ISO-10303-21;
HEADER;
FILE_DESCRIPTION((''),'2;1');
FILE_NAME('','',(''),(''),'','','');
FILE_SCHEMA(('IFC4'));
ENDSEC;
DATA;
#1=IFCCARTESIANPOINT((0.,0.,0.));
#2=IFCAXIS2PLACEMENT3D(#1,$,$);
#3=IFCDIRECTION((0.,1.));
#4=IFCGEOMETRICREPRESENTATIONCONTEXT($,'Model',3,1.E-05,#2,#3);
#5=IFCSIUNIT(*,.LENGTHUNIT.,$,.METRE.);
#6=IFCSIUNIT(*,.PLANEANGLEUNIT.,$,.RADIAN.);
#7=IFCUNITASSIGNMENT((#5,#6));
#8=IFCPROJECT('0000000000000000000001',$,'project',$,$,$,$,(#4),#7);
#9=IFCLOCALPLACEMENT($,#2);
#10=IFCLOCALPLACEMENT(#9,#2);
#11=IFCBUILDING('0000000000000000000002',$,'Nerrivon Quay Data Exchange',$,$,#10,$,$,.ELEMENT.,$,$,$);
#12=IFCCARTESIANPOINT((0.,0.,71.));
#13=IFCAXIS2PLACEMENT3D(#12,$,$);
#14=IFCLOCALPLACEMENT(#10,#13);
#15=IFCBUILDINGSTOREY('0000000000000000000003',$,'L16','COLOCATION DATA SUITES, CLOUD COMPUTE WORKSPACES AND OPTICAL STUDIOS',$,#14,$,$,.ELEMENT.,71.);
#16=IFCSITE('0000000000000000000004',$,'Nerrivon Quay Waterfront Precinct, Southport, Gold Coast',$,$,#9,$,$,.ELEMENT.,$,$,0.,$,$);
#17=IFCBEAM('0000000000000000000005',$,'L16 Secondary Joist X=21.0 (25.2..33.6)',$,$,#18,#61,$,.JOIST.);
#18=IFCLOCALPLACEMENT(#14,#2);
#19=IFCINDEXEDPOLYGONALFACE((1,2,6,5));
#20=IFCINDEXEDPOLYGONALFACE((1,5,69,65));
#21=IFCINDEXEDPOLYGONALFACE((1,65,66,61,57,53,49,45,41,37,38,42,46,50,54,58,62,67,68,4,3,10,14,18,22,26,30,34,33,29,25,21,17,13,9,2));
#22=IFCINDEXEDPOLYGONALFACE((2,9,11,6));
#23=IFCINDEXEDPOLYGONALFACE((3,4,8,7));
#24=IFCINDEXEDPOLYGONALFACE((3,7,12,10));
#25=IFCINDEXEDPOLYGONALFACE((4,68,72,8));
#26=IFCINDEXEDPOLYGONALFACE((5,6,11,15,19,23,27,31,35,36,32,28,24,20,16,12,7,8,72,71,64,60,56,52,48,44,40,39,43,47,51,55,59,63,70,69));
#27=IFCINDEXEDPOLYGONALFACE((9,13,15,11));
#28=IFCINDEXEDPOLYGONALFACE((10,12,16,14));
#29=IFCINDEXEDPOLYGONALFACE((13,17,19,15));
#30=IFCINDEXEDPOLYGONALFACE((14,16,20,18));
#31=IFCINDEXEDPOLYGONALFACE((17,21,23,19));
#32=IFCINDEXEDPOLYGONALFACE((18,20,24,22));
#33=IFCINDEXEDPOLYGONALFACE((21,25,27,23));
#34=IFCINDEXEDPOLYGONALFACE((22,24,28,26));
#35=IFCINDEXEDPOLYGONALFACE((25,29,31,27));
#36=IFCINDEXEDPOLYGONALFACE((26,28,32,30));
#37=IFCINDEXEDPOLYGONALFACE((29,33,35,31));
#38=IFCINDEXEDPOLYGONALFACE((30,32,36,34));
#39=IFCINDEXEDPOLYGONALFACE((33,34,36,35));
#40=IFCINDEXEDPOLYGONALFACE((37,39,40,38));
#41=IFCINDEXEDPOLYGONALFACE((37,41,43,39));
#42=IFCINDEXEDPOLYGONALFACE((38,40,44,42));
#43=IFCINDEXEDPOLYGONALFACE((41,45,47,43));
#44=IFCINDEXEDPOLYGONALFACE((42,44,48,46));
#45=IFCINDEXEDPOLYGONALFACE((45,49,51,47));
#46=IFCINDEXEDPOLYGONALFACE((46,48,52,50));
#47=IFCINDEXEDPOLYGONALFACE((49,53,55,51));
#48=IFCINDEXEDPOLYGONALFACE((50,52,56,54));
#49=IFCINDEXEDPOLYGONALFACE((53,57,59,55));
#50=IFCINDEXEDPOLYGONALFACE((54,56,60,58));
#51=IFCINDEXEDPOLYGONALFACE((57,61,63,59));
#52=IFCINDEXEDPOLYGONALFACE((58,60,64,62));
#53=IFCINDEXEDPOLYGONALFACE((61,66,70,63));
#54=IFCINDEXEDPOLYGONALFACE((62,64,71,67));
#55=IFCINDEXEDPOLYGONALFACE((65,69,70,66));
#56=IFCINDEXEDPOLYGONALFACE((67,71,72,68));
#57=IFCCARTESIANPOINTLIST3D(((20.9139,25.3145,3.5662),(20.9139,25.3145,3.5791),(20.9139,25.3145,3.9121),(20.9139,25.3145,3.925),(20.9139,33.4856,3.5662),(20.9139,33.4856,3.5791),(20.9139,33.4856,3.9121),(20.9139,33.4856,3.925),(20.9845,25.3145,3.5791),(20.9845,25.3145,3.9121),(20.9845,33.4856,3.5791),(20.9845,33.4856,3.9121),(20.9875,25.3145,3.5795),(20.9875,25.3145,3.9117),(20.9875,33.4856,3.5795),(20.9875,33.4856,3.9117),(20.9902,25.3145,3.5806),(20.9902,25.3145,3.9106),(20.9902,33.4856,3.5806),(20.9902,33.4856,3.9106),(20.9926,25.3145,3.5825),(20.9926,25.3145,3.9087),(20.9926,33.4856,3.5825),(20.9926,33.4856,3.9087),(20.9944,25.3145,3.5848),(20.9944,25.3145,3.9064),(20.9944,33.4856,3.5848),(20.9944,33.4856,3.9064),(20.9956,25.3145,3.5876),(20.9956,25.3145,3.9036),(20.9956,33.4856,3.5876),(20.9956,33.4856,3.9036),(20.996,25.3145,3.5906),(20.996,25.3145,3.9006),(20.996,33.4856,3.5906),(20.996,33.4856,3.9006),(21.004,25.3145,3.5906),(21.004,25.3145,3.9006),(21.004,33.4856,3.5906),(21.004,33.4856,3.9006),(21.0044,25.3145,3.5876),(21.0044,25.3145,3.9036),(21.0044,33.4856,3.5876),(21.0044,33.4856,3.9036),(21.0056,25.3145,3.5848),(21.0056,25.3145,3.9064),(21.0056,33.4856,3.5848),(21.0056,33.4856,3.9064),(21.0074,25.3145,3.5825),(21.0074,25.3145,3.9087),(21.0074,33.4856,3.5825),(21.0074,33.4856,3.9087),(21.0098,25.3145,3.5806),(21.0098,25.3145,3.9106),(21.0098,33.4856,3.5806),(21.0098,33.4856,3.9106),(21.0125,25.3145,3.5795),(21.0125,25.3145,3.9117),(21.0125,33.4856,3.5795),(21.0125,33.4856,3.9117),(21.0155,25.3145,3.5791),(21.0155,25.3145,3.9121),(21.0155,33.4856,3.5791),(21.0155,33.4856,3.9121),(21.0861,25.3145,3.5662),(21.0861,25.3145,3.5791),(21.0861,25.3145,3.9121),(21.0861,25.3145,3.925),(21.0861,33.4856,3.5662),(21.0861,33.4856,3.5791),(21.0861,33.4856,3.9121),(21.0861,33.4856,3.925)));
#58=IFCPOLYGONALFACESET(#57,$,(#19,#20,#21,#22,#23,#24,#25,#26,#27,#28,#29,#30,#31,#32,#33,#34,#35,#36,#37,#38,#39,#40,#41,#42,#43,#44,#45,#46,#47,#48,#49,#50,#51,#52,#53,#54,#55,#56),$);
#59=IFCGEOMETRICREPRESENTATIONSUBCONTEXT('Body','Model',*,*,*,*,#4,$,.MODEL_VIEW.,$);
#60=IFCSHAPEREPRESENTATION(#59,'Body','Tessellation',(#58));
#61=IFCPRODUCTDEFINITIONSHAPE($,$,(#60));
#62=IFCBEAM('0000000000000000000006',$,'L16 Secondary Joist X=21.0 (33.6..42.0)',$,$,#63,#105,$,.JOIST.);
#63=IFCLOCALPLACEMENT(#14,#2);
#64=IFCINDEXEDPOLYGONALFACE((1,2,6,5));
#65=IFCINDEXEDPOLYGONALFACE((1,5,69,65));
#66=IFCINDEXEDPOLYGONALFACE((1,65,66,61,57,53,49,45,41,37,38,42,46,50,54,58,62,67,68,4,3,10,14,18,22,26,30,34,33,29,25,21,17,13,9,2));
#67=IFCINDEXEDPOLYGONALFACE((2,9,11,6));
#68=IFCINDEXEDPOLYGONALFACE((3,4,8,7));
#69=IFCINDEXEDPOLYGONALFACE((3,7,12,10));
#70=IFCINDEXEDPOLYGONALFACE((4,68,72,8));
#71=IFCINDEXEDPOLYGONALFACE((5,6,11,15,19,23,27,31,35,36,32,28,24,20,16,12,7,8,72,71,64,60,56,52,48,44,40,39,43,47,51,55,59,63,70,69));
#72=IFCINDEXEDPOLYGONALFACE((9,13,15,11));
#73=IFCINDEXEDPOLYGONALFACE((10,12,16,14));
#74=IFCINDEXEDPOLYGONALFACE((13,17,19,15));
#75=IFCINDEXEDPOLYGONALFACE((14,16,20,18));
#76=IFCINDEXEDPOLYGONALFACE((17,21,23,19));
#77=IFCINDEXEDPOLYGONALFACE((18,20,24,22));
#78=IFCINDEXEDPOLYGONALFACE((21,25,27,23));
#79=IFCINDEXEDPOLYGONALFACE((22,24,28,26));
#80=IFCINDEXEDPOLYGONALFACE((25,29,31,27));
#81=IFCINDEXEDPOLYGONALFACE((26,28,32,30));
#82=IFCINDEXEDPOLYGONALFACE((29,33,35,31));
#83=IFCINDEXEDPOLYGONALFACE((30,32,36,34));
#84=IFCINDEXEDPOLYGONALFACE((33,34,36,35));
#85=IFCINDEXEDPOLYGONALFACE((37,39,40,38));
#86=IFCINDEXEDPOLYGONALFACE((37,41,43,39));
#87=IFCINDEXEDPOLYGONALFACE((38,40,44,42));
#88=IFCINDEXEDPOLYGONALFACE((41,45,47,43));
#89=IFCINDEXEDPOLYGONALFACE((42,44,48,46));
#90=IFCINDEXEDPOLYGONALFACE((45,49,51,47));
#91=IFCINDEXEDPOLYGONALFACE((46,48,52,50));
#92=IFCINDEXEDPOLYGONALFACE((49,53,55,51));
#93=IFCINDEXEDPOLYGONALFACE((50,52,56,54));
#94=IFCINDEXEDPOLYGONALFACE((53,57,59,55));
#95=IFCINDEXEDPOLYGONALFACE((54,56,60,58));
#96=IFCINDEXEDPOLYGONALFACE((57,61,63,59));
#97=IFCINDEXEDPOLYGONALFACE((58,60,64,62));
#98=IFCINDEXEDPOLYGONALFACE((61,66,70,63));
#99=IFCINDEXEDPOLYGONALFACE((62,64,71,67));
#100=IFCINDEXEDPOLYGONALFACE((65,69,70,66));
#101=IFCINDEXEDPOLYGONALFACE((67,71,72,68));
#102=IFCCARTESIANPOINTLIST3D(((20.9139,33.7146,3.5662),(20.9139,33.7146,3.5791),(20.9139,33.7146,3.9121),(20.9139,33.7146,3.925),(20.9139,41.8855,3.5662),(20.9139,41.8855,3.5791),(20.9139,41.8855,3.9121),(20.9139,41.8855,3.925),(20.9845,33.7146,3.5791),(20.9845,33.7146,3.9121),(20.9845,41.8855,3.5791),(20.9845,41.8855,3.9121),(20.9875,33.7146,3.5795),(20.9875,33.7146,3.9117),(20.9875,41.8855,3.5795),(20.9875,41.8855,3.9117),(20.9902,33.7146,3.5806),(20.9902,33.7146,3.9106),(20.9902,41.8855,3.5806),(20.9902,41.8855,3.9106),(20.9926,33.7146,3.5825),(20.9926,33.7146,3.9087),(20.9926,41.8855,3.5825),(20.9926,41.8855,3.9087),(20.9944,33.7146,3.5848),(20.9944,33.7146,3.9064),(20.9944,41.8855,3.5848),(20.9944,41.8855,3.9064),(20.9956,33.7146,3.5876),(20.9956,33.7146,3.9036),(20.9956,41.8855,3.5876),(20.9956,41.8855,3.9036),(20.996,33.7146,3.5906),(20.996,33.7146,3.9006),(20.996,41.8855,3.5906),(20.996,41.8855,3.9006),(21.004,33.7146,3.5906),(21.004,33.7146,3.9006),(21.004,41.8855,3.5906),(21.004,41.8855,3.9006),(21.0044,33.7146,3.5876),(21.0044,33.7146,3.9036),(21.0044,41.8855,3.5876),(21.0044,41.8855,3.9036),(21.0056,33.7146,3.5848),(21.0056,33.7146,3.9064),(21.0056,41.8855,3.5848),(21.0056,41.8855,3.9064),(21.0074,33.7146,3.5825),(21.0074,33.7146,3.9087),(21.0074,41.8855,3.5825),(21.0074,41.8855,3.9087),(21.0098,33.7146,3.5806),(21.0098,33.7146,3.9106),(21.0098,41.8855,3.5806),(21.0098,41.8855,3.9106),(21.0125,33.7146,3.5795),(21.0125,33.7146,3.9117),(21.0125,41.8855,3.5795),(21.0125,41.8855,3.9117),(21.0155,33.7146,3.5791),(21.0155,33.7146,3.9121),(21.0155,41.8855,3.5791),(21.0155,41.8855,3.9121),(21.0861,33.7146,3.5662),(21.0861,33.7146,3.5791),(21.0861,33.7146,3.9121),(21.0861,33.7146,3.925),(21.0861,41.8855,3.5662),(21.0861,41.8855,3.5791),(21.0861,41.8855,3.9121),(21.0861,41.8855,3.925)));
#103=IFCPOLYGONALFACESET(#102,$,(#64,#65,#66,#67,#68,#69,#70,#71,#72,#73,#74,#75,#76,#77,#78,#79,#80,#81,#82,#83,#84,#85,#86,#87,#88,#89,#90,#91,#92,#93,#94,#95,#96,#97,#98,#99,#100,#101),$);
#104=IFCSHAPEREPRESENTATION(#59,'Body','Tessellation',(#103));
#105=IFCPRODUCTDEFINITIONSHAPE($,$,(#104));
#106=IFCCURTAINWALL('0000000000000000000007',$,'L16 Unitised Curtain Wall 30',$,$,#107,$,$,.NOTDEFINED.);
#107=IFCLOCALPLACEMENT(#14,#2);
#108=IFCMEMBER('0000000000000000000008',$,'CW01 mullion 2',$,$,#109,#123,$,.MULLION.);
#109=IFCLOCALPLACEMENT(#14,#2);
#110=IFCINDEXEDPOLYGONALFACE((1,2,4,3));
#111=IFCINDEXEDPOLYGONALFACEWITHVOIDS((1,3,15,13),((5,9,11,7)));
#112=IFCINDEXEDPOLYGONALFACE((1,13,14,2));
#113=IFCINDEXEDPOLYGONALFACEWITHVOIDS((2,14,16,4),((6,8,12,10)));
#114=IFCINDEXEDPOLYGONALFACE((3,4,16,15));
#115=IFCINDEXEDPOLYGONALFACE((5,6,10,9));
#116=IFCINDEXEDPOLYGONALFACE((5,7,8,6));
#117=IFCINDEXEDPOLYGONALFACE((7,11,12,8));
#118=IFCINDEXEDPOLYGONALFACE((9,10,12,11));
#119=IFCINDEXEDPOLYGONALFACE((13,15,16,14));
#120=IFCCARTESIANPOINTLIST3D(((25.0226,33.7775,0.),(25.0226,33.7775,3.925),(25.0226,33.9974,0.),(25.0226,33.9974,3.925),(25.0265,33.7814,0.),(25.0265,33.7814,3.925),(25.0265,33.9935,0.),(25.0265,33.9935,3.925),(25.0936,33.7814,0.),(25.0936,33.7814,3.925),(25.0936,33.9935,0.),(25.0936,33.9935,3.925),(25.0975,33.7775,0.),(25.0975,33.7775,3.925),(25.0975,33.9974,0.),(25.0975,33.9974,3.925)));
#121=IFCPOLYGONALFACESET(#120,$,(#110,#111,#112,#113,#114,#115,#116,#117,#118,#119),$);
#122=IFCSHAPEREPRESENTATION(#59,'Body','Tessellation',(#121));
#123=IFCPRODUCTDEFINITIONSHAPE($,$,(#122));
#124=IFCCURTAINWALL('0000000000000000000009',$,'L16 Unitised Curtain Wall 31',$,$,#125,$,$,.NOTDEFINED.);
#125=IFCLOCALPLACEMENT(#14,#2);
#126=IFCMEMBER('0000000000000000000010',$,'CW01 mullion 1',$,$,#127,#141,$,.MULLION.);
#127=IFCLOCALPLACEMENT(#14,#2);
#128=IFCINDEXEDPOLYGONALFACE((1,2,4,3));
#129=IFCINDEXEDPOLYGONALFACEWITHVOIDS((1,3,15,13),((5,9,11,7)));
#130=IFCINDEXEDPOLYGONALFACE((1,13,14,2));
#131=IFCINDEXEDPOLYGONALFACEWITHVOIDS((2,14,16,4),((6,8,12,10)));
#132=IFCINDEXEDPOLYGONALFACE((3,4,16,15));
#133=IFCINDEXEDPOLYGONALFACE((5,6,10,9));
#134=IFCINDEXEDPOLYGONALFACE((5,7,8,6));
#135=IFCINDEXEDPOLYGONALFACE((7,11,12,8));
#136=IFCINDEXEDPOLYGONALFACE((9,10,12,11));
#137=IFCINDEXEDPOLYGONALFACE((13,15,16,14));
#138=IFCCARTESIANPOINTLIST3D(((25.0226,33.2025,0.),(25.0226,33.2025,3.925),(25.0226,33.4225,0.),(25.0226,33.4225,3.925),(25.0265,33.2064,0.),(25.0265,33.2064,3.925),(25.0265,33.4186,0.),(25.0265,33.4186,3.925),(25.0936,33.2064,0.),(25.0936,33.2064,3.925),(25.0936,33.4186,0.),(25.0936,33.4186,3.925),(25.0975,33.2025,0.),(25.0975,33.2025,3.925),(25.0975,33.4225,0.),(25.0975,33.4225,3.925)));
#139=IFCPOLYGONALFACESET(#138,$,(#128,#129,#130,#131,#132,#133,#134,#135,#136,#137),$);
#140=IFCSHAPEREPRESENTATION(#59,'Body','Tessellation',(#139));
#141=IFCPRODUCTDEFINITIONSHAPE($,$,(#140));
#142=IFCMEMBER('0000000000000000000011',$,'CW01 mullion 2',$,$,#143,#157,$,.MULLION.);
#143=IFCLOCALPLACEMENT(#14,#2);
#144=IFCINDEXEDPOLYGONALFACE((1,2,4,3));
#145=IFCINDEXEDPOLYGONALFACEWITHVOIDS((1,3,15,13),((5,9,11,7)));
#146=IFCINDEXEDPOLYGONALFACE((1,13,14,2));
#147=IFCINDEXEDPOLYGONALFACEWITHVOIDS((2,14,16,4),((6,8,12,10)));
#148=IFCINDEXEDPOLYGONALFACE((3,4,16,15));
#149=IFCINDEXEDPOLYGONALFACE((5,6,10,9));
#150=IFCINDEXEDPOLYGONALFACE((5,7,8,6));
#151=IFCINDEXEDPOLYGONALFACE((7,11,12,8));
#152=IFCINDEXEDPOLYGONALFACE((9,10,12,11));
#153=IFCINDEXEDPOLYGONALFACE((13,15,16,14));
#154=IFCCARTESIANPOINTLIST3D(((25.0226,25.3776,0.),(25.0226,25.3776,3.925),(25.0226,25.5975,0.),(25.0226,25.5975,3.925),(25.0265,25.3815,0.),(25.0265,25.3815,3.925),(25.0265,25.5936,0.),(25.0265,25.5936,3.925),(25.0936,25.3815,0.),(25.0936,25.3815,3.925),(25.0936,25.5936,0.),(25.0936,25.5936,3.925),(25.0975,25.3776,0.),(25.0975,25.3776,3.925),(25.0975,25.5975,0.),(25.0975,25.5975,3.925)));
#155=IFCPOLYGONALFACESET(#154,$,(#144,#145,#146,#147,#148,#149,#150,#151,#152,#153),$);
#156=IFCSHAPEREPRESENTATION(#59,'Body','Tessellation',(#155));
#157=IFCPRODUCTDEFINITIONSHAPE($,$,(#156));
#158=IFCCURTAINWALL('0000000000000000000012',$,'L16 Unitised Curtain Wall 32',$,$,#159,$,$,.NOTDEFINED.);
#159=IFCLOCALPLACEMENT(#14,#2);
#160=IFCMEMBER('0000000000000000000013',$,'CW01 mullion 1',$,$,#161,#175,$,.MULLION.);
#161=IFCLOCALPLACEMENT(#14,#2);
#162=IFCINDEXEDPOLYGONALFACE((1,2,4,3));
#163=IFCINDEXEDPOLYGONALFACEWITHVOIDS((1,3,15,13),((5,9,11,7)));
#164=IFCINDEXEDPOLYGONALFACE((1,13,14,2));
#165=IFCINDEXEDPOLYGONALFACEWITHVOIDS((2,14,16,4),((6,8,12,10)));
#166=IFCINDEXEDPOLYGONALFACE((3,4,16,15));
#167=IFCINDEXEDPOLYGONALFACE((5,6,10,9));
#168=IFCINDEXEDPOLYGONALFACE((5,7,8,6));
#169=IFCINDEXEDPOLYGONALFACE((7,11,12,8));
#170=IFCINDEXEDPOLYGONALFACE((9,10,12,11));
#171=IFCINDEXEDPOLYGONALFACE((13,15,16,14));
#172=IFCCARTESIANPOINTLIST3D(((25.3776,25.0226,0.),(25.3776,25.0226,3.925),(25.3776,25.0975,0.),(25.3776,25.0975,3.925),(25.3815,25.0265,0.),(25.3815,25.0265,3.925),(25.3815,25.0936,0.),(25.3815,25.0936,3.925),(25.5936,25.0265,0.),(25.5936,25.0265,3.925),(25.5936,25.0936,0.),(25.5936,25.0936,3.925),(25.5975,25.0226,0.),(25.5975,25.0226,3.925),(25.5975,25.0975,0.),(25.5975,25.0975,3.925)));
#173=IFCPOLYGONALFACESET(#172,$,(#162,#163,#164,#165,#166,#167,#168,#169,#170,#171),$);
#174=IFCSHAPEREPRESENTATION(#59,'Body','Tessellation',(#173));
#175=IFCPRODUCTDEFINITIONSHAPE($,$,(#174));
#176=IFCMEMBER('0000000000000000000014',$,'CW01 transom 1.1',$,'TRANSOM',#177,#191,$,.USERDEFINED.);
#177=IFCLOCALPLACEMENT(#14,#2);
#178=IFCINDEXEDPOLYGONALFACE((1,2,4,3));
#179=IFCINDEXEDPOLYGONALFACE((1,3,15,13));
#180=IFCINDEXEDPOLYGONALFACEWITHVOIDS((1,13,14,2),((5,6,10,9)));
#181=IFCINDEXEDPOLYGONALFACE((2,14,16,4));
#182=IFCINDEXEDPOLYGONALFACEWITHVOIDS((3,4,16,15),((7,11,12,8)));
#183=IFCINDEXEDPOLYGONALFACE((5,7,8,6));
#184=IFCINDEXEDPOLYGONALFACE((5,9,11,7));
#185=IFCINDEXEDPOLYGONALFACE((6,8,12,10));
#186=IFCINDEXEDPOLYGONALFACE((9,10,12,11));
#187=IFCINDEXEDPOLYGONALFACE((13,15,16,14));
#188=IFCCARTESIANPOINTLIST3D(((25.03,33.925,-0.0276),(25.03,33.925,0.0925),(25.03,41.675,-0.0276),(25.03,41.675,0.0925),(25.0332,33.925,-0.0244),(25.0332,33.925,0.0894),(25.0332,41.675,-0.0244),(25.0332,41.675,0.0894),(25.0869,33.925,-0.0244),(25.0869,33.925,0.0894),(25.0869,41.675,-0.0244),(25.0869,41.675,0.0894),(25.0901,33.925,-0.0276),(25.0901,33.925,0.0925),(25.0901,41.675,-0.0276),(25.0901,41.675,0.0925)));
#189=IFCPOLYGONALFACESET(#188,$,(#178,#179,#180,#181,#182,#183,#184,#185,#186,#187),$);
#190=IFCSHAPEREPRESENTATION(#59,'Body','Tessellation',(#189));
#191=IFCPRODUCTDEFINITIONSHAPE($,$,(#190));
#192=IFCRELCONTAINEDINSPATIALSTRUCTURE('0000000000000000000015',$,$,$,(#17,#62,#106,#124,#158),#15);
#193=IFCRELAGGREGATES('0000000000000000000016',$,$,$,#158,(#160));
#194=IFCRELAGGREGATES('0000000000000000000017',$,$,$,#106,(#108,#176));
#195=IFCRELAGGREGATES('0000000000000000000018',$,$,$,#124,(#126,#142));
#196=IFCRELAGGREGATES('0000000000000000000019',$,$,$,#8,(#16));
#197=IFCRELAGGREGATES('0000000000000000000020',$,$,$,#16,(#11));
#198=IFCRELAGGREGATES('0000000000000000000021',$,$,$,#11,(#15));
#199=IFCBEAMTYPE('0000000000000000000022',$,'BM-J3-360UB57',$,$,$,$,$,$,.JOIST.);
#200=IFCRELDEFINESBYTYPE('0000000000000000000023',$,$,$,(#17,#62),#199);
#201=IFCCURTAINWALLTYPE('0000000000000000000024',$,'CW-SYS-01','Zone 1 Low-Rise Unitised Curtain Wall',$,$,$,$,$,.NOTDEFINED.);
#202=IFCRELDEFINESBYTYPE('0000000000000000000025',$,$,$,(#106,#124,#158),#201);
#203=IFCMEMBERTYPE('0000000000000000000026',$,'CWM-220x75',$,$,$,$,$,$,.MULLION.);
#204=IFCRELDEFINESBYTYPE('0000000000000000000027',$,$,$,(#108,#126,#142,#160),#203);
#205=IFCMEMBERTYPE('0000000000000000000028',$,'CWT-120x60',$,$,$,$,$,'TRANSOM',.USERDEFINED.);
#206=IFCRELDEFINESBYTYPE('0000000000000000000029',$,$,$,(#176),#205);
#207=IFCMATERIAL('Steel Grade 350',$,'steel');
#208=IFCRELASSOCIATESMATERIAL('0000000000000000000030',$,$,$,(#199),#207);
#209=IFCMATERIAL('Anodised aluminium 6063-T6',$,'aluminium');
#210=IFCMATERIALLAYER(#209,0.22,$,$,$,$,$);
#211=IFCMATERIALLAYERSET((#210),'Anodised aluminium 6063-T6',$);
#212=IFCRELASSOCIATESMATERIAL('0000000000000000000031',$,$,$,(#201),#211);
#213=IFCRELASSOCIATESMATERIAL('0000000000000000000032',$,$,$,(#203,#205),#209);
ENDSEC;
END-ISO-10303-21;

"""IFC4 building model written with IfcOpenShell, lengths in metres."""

from ifc_helpers import new_model, si_unit, direction, frame, origin, origin_2d, place, context, subcontext, project, spatial, hollow_rectangle, i_section, extrude, material, layer, layer_set, material_profile, profile_set, type_object, element, aggregate, save


model = new_model("IFC4")

# Units and contexts
model_context = context("Model", 3, precision=1e-05, world=origin(), true_north=direction((0.0, 1.0)))
body_context = subcontext(model_context, "Body", "Model", "MODEL_VIEW")
ifc_project = project(units=[si_unit("LENGTHUNIT", "METRE"), si_unit("PLANEANGLEUNIT", "RADIAN")], contexts=[model_context])

# Site, building, storey
site_placement = place(None, origin())
site = spatial("IfcSite", under=ifc_project, at=site_placement, Name="Nerrivon Quay Waterfront Precinct, Southport, Gold Coast", CompositionType="ELEMENT", RefElevation=0.0)
building_placement = place(site_placement, origin())
building = spatial("IfcBuilding", under=site, at=building_placement, Name="Nerrivon Quay Data Exchange", CompositionType="ELEMENT")
storey_placement = place(building_placement, frame((0.0, 0.0, 71.0)))
storey = spatial("IfcBuildingStorey", under=building, at=storey_placement, Name="L16", Description="COLOCATION DATA SUITES, CLOUD COMPUTE WORKSPACES AND OPTICAL STUDIOS", CompositionType="ELEMENT", Elevation=71.0)

# Shared definitions
ifc_material_1 = material(Name="Steel Grade 350", Category="steel")

# Beams
ifc_material_profile_1 = material_profile(ifc_material_1, i_section(OverallWidth=0.1721, OverallDepth=0.3589, WebThickness=0.0081, FlangeThickness=0.0129, FilletRadius=0.0115, at=origin_2d()), Name="360UB56.7")
ifc_profile_set_1 = profile_set([ifc_material_profile_1], Name="Steel Grade 350")
beam_type_1 = type_object("IfcBeamType", Name="BM-J3-360UB57", PredefinedType="JOIST", material=ifc_profile_set_1)
beam_1_placement = place(storey_placement, frame((21.0, 25.3145, 3.7456), z_axis=(0.0, 1.0, 0.0), x_axis=(-1.0, 0.0, 0.0)))
element("IfcBeam", 1, at=beam_1_placement, inside=storey, type_object=beam_type_1, Name="L16 Secondary Joist X=21.0 (25.2..33.6)", PredefinedType="JOIST", context=body_context, shape_type="SweptSolid", body=[
    extrude(i_section(OverallWidth=0.1721, OverallDepth=0.3589, WebThickness=0.0081, FlangeThickness=0.0129, FilletRadius=0.0115, at=origin_2d()), origin(), (0.0, 0.0, 1.0), 8.1711),
])
beam_2_placement = place(storey_placement, frame((21.0, 33.7146, 3.7456), z_axis=(0.0, 1.0, 0.0), x_axis=(-1.0, 0.0, 0.0)))
element("IfcBeam", 2, at=beam_2_placement, inside=storey, type_object=beam_type_1, Name="L16 Secondary Joist X=21.0 (33.6..42.0)", PredefinedType="JOIST", context=body_context, shape_type="SweptSolid", body=[
    extrude(i_section(OverallWidth=0.1721, OverallDepth=0.3589, WebThickness=0.0081, FlangeThickness=0.0129, FilletRadius=0.0115, at=origin_2d()), origin(), (0.0, 0.0, 1.0), 8.1709),
])

# Curtain wall, member
ifc_material_2 = material(Name="Anodised aluminium 6063-T6", Category="aluminium")
ifc_layer_1 = layer(ifc_material_2, 0.22)
ifc_layer_set_1 = layer_set([ifc_layer_1], Name="Anodised aluminium 6063-T6")
curtain_wall_type = type_object("IfcCurtainWallType", Name="CW-SYS-01", Description="Zone 1 Low-Rise Unitised Curtain Wall", PredefinedType="NOTDEFINED", material=ifc_layer_set_1)
curtain_wall_1_placement = place(storey_placement, origin())
curtain_wall_1 = element("IfcCurtainWall", 3, at=curtain_wall_1_placement, inside=storey, type_object=curtain_wall_type, Name="L16 Unitised Curtain Wall 30", PredefinedType="NOTDEFINED")
ifc_material_profile_2 = material_profile(ifc_material_2, hollow_rectangle(XDim=0.075, YDim=0.22, WallThickness=0.0039, at=origin_2d()), Name="ALU-MULL-220x75")
ifc_profile_set_2 = profile_set([ifc_material_profile_2], Name="Anodised aluminium 6063-T6")
member_type_1 = type_object("IfcMemberType", Name="CWM-220x75", PredefinedType="MULLION", material=ifc_profile_set_2)
member_1_placement = place(storey_placement, frame((25.0601, 33.8875, 0.0), z_axis=(0.0, 0.0, 1.0), x_axis=(1.0, 0.0, 0.0)))
member_1 = element("IfcMember", 4, at=member_1_placement, type_object=member_type_1, Name="CW01 mullion 2", PredefinedType="MULLION", context=body_context, shape_type="SweptSolid", body=[
    extrude(hollow_rectangle(XDim=0.075, YDim=0.22, WallThickness=0.0039, at=origin_2d()), origin(), (0.0, 0.0, 1.0), 3.925),
])

# Curtain wall, members
curtain_wall_2_placement = place(storey_placement, origin())
curtain_wall_2 = element("IfcCurtainWall", 5, at=curtain_wall_2_placement, inside=storey, type_object=curtain_wall_type, Name="L16 Unitised Curtain Wall 31", PredefinedType="NOTDEFINED")
member_2_placement = place(storey_placement, frame((25.0601, 33.3125, 0.0), z_axis=(0.0, 0.0, 1.0), x_axis=(1.0, 0.0, 0.0)))
member_2 = element("IfcMember", 6, at=member_2_placement, type_object=member_type_1, Name="CW01 mullion 1", PredefinedType="MULLION", context=body_context, shape_type="SweptSolid", body=[
    extrude(hollow_rectangle(XDim=0.075, YDim=0.22, WallThickness=0.0039, at=origin_2d()), origin(), (0.0, 0.0, 1.0), 3.925),
])
member_3_placement = place(storey_placement, frame((25.0601, 25.4875, 0.0), z_axis=(0.0, 0.0, 1.0), x_axis=(1.0, 0.0, 0.0)))
member_3 = element("IfcMember", 7, at=member_3_placement, type_object=member_type_1, Name="CW01 mullion 2", PredefinedType="MULLION", context=body_context, shape_type="SweptSolid", body=[
    extrude(hollow_rectangle(XDim=0.075, YDim=0.22, WallThickness=0.0039, at=origin_2d()), origin(), (0.0, 0.0, 1.0), 3.925),
])

# Curtain wall, member
curtain_wall_3_placement = place(storey_placement, origin())
curtain_wall_3 = element("IfcCurtainWall", 8, at=curtain_wall_3_placement, inside=storey, type_object=curtain_wall_type, Name="L16 Unitised Curtain Wall 32", PredefinedType="NOTDEFINED")
member_4_placement = place(storey_placement, frame((25.4875, 25.0601, 0.0), z_axis=(0.0, 0.0, 1.0), x_axis=(0.0, 1.0, 0.0)))
member_4 = element("IfcMember", 9, at=member_4_placement, type_object=member_type_1, Name="CW01 mullion 1", PredefinedType="MULLION", context=body_context, shape_type="SweptSolid", body=[
    extrude(hollow_rectangle(XDim=0.075, YDim=0.22, WallThickness=0.0039, at=origin_2d()), origin(), (0.0, 0.0, 1.0), 3.925),
])

# Member
ifc_material_profile_3 = material_profile(ifc_material_2, hollow_rectangle(XDim=0.0601, YDim=0.1201, WallThickness=0.0032, at=origin_2d()), Name="ALU-TRAN-120x60")
ifc_profile_set_3 = profile_set([ifc_material_profile_3], Name="Anodised aluminium 6063-T6")
member_type_2 = type_object("IfcMemberType", Name="CWT-120x60", ElementType="TRANSOM", PredefinedType="USERDEFINED", material=ifc_profile_set_3)
member_5_placement = place(storey_placement, frame((25.0601, 41.675, 0.0325), z_axis=(0.0, -1.0, 0.0), x_axis=(1.0, 0.0, 0.0)))
member_5 = element("IfcMember", 10, at=member_5_placement, type_object=member_type_2, Name="CW01 transom 1.1", ObjectType="TRANSOM", PredefinedType="USERDEFINED", context=body_context, shape_type="SweptSolid", body=[
    extrude(hollow_rectangle(XDim=0.0601, YDim=0.1201, WallThickness=0.0032, at=origin_2d()), origin(), (0.0, 0.0, 1.0), 7.75),
])
aggregate(curtain_wall_3, [member_4])

aggregate(curtain_wall_1, [member_1, member_5])
aggregate(curtain_wall_2, [member_2, member_3])

save(model, "model.ifc")
